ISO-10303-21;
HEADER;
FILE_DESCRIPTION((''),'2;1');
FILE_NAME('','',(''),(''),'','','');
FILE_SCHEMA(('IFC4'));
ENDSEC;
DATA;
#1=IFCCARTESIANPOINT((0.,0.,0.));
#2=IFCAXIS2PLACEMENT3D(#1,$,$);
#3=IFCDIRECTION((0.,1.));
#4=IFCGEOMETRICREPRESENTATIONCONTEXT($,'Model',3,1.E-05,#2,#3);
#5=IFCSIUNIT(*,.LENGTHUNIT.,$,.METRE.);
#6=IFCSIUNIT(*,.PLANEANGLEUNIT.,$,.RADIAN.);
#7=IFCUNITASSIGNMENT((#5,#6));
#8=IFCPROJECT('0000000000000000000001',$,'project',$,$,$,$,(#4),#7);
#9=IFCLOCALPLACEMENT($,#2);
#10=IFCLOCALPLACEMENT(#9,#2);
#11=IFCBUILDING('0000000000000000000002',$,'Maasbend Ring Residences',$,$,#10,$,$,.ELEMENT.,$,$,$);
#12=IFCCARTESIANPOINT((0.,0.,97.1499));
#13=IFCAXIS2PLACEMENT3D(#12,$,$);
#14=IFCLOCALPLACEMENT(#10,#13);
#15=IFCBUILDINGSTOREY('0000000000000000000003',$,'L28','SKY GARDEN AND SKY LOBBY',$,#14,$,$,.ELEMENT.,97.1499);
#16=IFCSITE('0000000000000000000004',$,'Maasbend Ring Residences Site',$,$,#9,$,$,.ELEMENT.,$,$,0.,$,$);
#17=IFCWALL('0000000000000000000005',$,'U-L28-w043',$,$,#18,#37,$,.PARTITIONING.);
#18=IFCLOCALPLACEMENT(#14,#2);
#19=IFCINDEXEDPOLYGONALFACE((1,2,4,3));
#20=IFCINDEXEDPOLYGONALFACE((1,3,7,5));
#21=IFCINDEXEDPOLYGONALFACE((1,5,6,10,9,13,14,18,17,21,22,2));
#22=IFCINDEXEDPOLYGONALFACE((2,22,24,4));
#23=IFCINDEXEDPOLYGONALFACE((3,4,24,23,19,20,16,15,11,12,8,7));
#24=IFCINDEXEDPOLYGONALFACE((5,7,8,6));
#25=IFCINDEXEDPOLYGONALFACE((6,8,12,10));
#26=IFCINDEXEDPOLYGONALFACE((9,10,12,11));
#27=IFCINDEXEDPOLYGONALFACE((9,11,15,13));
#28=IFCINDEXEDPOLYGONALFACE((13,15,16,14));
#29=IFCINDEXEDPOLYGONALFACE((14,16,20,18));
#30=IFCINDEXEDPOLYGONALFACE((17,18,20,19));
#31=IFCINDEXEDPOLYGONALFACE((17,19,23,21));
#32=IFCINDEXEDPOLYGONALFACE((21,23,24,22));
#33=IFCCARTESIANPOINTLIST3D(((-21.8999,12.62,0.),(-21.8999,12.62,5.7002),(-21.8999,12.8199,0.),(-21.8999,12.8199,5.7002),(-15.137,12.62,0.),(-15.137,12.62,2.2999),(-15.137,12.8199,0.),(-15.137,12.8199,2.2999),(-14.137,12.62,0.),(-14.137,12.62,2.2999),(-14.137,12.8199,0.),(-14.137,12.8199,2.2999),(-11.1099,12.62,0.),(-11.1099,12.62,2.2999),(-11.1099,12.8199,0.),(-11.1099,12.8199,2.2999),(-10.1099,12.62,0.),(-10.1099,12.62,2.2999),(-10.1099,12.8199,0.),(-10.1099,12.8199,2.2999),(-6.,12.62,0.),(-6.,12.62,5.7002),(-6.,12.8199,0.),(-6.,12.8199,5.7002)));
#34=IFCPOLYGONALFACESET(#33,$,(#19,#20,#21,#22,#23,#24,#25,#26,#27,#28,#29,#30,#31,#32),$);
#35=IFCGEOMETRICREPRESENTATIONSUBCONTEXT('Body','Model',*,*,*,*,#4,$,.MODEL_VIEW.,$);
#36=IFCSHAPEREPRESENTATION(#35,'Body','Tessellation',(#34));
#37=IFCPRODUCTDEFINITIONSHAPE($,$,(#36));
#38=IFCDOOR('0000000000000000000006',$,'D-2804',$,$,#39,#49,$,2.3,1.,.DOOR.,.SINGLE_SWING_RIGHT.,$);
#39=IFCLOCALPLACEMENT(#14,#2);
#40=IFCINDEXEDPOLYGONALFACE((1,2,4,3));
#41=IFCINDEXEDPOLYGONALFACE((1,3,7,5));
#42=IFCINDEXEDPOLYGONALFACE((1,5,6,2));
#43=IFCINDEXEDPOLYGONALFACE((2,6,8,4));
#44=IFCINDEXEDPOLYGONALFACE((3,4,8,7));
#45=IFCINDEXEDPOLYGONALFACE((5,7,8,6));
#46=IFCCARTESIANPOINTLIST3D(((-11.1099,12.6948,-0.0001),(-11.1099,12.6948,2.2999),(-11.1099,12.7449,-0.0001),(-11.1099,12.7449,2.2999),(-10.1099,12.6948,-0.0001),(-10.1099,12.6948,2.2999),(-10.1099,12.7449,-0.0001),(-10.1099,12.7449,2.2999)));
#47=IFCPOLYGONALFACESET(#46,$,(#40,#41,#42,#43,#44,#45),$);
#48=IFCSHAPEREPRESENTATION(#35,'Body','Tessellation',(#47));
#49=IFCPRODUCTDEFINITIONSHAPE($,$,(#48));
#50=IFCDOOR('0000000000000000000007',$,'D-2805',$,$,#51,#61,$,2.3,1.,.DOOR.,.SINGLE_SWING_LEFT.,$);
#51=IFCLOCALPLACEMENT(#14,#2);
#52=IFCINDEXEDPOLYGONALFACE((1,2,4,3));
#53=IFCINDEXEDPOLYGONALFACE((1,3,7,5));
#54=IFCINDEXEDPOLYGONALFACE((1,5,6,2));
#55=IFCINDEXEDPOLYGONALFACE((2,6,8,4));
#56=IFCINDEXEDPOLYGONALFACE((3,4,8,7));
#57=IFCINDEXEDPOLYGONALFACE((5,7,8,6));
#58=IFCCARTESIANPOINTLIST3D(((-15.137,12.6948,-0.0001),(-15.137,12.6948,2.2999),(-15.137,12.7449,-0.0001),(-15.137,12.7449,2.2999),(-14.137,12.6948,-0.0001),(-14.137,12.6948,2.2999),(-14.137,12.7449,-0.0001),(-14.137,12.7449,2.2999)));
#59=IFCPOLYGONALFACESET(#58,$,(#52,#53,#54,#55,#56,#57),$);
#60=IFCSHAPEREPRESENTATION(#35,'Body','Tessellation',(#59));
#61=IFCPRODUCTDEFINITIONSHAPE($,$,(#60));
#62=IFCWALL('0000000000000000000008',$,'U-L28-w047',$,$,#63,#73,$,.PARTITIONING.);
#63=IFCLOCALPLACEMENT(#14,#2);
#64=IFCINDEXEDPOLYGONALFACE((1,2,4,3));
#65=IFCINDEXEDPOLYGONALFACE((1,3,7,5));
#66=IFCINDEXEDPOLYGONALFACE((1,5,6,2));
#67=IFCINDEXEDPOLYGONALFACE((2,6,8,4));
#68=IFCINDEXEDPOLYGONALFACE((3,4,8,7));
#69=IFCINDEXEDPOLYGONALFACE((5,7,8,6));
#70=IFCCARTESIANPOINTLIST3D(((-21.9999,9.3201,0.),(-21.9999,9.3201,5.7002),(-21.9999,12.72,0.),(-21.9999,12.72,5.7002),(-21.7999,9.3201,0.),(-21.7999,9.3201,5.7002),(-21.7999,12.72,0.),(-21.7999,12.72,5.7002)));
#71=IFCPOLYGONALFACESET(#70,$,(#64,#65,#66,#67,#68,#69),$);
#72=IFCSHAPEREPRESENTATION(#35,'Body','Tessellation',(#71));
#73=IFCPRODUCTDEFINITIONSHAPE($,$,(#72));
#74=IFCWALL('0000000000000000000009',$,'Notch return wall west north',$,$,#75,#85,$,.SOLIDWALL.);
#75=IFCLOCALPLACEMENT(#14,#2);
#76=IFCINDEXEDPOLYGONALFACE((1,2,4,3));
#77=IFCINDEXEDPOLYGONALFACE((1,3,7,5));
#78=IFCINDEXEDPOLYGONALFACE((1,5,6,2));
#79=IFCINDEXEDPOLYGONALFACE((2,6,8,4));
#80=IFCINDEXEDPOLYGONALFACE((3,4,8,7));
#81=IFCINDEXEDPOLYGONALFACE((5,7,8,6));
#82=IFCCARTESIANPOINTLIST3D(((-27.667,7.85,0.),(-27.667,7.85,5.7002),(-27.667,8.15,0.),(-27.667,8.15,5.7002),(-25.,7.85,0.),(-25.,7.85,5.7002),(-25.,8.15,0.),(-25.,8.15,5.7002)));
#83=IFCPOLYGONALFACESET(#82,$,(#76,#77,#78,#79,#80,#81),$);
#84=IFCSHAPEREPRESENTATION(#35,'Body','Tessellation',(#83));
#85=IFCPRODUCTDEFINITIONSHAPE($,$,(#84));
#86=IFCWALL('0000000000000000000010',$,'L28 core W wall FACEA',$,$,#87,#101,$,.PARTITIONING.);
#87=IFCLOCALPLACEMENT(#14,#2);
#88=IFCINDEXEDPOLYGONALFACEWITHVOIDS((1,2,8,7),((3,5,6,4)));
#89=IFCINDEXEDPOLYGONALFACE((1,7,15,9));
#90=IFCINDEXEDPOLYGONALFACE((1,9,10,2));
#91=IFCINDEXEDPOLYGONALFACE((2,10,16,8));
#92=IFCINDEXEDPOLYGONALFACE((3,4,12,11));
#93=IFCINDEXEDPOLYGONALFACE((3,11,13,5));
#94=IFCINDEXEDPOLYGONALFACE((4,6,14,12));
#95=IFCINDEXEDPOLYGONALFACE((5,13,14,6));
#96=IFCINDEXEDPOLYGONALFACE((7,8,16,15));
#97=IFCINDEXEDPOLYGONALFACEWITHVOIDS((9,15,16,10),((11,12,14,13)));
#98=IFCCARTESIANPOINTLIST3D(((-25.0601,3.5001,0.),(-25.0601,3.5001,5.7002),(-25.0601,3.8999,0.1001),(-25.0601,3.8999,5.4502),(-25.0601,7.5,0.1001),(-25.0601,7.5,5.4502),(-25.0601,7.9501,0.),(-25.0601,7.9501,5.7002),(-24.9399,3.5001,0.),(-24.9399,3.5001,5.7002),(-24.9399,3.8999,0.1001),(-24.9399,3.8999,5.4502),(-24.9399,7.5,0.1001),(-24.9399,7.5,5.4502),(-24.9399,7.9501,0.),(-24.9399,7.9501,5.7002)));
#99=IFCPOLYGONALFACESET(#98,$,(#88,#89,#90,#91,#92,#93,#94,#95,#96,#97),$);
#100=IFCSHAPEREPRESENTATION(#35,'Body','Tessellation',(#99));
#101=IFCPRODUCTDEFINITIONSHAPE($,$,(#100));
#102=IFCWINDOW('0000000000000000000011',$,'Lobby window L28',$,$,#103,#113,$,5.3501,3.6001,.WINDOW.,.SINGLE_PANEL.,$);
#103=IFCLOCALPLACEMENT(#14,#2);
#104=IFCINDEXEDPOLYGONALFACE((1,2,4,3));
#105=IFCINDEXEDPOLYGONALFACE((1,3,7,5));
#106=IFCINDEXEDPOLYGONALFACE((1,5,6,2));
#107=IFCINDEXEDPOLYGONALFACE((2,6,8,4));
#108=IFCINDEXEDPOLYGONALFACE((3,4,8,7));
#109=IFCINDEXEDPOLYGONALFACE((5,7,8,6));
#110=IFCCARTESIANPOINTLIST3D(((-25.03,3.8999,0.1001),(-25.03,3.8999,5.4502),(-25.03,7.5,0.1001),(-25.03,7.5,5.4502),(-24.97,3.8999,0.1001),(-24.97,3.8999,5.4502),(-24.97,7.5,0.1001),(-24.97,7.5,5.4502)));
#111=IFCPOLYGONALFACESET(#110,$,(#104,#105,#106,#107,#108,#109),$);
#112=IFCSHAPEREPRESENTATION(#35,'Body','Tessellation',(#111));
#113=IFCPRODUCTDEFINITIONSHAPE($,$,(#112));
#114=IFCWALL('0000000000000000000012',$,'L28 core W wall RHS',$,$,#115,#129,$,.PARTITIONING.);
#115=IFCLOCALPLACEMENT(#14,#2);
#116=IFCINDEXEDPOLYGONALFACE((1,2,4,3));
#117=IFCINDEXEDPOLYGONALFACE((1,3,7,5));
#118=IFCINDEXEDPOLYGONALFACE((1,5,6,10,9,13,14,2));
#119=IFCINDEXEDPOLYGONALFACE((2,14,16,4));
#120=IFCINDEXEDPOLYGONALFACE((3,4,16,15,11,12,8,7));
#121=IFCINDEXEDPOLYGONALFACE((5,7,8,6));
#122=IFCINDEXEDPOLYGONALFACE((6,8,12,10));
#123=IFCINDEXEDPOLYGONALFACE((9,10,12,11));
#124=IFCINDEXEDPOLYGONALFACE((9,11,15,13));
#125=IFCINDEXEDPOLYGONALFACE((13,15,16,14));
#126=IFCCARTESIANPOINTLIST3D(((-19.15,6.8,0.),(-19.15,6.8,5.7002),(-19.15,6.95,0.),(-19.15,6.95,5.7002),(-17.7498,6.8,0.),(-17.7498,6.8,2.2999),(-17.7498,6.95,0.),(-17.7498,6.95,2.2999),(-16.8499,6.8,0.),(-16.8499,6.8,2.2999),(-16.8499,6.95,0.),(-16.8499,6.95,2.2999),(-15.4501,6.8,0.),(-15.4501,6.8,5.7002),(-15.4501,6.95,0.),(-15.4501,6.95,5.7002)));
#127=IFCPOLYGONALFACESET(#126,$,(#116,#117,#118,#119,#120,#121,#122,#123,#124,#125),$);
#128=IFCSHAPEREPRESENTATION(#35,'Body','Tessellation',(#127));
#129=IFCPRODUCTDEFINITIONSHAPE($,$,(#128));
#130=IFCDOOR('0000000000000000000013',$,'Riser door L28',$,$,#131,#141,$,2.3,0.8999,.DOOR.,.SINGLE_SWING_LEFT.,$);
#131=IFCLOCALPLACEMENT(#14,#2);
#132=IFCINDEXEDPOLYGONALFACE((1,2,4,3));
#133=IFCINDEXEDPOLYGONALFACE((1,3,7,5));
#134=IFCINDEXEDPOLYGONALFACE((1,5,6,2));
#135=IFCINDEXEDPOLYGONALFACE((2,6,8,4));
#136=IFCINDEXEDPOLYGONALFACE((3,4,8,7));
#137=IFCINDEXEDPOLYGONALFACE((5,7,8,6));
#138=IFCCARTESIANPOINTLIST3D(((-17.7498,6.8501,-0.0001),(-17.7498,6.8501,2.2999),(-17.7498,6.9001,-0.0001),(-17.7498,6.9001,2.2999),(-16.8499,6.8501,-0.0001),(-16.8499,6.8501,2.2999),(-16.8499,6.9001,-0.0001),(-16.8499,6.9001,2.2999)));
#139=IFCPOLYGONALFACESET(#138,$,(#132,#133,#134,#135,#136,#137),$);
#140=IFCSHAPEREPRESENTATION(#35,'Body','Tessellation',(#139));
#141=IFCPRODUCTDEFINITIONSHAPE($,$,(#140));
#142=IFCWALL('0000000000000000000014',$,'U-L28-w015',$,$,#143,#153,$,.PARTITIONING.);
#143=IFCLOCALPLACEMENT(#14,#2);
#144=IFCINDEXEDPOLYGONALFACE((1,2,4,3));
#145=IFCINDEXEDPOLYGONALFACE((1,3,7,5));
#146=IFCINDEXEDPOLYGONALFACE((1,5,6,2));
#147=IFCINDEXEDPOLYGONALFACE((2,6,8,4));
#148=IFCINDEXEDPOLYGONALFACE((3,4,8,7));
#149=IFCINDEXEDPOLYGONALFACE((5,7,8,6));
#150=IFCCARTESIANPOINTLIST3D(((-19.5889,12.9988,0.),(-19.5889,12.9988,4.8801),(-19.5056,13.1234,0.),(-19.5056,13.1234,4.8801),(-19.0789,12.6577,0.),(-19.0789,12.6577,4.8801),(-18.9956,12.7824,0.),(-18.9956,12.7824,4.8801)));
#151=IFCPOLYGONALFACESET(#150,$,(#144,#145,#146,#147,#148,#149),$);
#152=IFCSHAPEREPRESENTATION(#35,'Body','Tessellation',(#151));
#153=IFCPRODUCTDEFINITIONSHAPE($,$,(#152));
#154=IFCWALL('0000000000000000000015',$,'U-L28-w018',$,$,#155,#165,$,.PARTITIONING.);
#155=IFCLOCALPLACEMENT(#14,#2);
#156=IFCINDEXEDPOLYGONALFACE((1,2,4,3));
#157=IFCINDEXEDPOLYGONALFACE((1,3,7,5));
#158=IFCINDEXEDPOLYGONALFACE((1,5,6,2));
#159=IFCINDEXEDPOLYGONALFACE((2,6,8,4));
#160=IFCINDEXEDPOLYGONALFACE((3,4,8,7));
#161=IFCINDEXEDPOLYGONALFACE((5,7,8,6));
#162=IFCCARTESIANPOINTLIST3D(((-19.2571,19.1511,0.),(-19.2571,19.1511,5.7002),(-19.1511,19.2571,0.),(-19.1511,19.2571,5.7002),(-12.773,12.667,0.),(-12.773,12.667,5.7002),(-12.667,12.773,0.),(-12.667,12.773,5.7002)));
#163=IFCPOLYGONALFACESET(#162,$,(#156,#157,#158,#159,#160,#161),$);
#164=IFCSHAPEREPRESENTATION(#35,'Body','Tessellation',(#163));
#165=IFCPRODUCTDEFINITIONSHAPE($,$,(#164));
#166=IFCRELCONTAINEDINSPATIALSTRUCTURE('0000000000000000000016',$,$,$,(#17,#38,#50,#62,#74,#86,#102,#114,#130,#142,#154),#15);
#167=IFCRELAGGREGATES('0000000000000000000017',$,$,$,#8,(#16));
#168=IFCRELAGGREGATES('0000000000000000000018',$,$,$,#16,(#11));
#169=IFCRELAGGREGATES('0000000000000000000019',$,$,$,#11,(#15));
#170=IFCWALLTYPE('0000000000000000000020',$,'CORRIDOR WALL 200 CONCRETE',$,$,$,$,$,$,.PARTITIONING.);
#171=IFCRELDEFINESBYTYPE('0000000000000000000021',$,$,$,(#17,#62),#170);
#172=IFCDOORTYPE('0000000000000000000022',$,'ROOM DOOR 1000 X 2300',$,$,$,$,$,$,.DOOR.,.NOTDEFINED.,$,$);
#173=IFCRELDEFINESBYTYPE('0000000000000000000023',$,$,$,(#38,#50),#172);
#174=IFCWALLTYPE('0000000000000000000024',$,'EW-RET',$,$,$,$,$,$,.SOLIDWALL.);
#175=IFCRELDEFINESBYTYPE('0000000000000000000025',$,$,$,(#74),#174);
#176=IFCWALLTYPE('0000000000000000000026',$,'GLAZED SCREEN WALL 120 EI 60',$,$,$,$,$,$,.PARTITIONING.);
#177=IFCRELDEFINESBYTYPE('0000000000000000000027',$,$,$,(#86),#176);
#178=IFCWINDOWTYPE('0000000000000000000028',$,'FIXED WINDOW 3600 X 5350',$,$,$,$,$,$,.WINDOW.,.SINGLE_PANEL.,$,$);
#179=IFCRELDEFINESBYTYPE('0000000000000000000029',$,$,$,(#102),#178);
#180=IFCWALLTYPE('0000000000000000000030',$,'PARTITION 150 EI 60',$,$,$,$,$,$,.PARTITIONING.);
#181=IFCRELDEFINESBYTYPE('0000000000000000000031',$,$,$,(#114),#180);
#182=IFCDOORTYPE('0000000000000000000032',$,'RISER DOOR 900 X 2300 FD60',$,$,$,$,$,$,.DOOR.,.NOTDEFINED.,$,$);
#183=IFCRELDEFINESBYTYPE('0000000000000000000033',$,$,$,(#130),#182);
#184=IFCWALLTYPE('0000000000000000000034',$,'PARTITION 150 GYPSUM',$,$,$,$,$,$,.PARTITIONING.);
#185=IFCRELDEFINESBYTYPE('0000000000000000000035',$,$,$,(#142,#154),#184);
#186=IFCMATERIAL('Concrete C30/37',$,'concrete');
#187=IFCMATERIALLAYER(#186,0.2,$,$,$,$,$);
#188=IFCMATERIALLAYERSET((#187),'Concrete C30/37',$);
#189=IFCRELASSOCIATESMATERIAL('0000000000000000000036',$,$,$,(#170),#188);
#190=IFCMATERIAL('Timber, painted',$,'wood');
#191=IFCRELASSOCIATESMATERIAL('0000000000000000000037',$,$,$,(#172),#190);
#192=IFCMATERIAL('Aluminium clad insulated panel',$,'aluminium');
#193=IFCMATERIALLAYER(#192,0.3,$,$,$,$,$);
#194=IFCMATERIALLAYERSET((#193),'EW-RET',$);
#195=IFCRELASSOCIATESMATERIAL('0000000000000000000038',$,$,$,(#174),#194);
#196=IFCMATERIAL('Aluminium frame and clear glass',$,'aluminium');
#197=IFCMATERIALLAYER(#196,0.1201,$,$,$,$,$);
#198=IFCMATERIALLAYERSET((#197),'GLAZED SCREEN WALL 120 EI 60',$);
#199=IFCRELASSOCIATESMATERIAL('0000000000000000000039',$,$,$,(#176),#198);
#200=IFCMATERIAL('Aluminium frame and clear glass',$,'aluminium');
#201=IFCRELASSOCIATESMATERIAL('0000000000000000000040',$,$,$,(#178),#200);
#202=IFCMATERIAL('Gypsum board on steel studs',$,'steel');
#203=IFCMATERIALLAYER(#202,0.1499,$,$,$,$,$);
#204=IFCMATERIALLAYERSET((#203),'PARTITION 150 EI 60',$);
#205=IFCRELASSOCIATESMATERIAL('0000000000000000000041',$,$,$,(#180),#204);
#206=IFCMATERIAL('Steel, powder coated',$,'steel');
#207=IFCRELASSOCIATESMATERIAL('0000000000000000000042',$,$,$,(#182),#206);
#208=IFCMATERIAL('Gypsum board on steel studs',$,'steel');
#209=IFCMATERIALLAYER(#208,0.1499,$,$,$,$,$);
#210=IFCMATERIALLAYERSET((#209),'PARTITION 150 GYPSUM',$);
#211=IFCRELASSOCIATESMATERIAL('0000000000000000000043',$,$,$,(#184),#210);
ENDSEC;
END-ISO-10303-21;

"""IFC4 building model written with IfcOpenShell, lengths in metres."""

from ifc_helpers import new_model, si_unit, direction, frame, frame_2d, origin, place, context, subcontext, project, spatial, rectangle, extrude, material, layer, layer_set, type_object, element, fill, save


model = new_model("IFC4")

# Units and contexts
model_context = context("Model", 3, precision=1e-05, world=origin(), true_north=direction((0.0, 1.0)))
body_context = subcontext(model_context, "Body", "Model", "MODEL_VIEW")
ifc_project = project(units=[si_unit("LENGTHUNIT", "METRE"), si_unit("PLANEANGLEUNIT", "RADIAN")], contexts=[model_context])

# Site, building, storey
site_placement = place(None, origin())
site = spatial("IfcSite", under=ifc_project, at=site_placement, Name="Maasbend Ring Residences Site", CompositionType="ELEMENT", RefElevation=0.0)
building_placement = place(site_placement, origin())
building = spatial("IfcBuilding", under=site, at=building_placement, Name="Maasbend Ring Residences", CompositionType="ELEMENT")
storey_placement = place(building_placement, frame((0.0, 0.0, 97.1499)))
storey = spatial("IfcBuildingStorey", under=building, at=storey_placement, Name="L28", Description="SKY GARDEN AND SKY LOBBY", CompositionType="ELEMENT", Elevation=97.1499)

# Wall, openings, doors
ifc_material_1 = material(Name="Concrete C30/37", Category="concrete")
ifc_layer_1 = layer(ifc_material_1, 0.2)
ifc_layer_set_1 = layer_set([ifc_layer_1], Name="Concrete C30/37")
wall_type_1 = type_object("IfcWallType", Name="CORRIDOR WALL 200 CONCRETE", PredefinedType="PARTITIONING", material=ifc_layer_set_1)
wall_1_placement = place(storey_placement, frame((-21.8999, 12.72, 0.0), z_axis=(0.0, 0.0, 1.0), x_axis=(1.0, 0.0, 0.0)))
wall_1 = element("IfcWall", 1, at=wall_1_placement, inside=storey, type_object=wall_type_1, Name="U-L28-w043", PredefinedType="PARTITIONING", context=body_context, shape_type="SweptSolid", body=[
    extrude(rectangle(XDim=15.8999, YDim=0.2, at=frame_2d((7.95, 0.0))), origin(), (0.0, 0.0, 1.0), 5.7002),
])
opening_1_placement = place(wall_1_placement, frame((10.79, 0.0, 0.0)))
opening_1 = element("IfcOpeningElement", 2, at=opening_1_placement, cuts=wall_1, PredefinedType="OPENING", context=body_context, shape_type="SweptSolid", body=[
    extrude(rectangle(XDim=1.0, YDim=2.3, at=frame_2d((0.5, 1.1499))), frame((0.0, 0.1099, 0.0), z_axis=(0.0, -1.0, 0.0), x_axis=(1.0, 0.0, 0.0)), (0.0, 0.0, 1.0), 0.22),
])
opening_2_placement = place(wall_1_placement, frame((6.7629, 0.0, 0.0)))
opening_2 = element("IfcOpeningElement", 3, at=opening_2_placement, cuts=wall_1, PredefinedType="OPENING", context=body_context, shape_type="SweptSolid", body=[
    extrude(rectangle(XDim=1.0, YDim=2.3, at=frame_2d((0.5, 1.1499))), frame((0.0, 0.1099, 0.0), z_axis=(0.0, -1.0, 0.0), x_axis=(1.0, 0.0, 0.0)), (0.0, 0.0, 1.0), 0.22),
])
ifc_material_2 = material(Name="Timber, painted", Category="wood")
door_type_1 = type_object("IfcDoorType", Name="ROOM DOOR 1000 X 2300", OperationType="NOTDEFINED", PredefinedType="DOOR", material=ifc_material_2)
door_1_placement = place(opening_1_placement, origin())
door_1 = element("IfcDoor", 4, at=door_1_placement, inside=storey, type_object=door_type_1, Name="D-2804", OperationType="SINGLE_SWING_RIGHT", OverallHeight=2.3, OverallWidth=1.0, PredefinedType="DOOR", context=body_context, shape_type="SweptSolid", body=[
    extrude(rectangle(XDim=1.0, YDim=2.3, at=frame_2d((0.5, 1.1499))), frame((0.0, 0.0249, 0.0), z_axis=(0.0, -1.0, 0.0), x_axis=(1.0, 0.0, 0.0)), (0.0, 0.0, 1.0), 0.05),
])
fill(opening_1, door_1)
door_2_placement = place(opening_2_placement, origin())
door_2 = element("IfcDoor", 5, at=door_2_placement, inside=storey, type_object=door_type_1, Name="D-2805", OperationType="SINGLE_SWING_LEFT", OverallHeight=2.3, OverallWidth=1.0, PredefinedType="DOOR", context=body_context, shape_type="SweptSolid", body=[
    extrude(rectangle(XDim=1.0, YDim=2.3, at=frame_2d((0.5, 1.1499))), frame((0.0, 0.0249, 0.0), z_axis=(0.0, -1.0, 0.0), x_axis=(1.0, 0.0, 0.0)), (0.0, 0.0, 1.0), 0.05),
])
fill(opening_2, door_2)

# Walls
wall_2_placement = place(storey_placement, frame((-21.8999, 9.3201, 0.0), z_axis=(0.0, 0.0, 1.0), x_axis=(0.0, 1.0, 0.0)))
element("IfcWall", 6, at=wall_2_placement, inside=storey, type_object=wall_type_1, Name="U-L28-w047", PredefinedType="PARTITIONING", context=body_context, shape_type="SweptSolid", body=[
    extrude(rectangle(XDim=3.3999, YDim=0.2, at=frame_2d((1.7, 0.0))), origin(), (0.0, 0.0, 1.0), 5.7002),
])
ifc_material_3 = material(Name="Aluminium clad insulated panel", Category="aluminium")
ifc_layer_2 = layer(ifc_material_3, 0.3)
ifc_layer_set_2 = layer_set([ifc_layer_2], Name="EW-RET")
wall_type_2 = type_object("IfcWallType", Name="EW-RET", PredefinedType="SOLIDWALL", material=ifc_layer_set_2)
wall_3_placement = place(storey_placement, frame((-25.0, 8.0, 0.0), z_axis=(0.0, 0.0, 1.0), x_axis=(-1.0, 0.0, 0.0)))
element("IfcWall", 7, at=wall_3_placement, inside=storey, type_object=wall_type_2, Name="Notch return wall west north", PredefinedType="SOLIDWALL", context=body_context, shape_type="SweptSolid", body=[
    extrude(rectangle(XDim=2.667, YDim=0.3, at=frame_2d((1.3335, 0.0))), origin(), (0.0, 0.0, 1.0), 5.7002),
])

# Wall, opening, window
ifc_material_4 = material(Name="Aluminium frame and clear glass", Category="aluminium")
ifc_layer_3 = layer(ifc_material_4, 0.1201)
ifc_layer_set_3 = layer_set([ifc_layer_3], Name="GLAZED SCREEN WALL 120 EI 60")
wall_type_3 = type_object("IfcWallType", Name="GLAZED SCREEN WALL 120 EI 60", PredefinedType="PARTITIONING", material=ifc_layer_set_3)
wall_4_placement = place(storey_placement, frame((-25.0, 3.5, 0.0), z_axis=(0.0, 0.0, 1.0), x_axis=(0.0, 1.0, 0.0)))
wall_4 = element("IfcWall", 8, at=wall_4_placement, inside=storey, type_object=wall_type_3, Name="L28 core W wall FACEA", PredefinedType="PARTITIONING", context=body_context, shape_type="SweptSolid", body=[
    extrude(rectangle(XDim=4.45, YDim=0.1201, at=frame_2d((2.2251, 0.0))), origin(), (0.0, 0.0, 1.0), 5.7002),
])
opening_3_placement = place(wall_4_placement, frame((0.3999, 0.0, 0.1001)))
opening_3 = element("IfcOpeningElement", 9, at=opening_3_placement, cuts=wall_4, PredefinedType="OPENING", context=body_context, shape_type="SweptSolid", body=[
    extrude(rectangle(XDim=3.6001, YDim=5.3501, at=frame_2d((1.8, 2.675))), frame((0.0, 0.0701, 0.0), z_axis=(0.0, -1.0, 0.0), x_axis=(1.0, 0.0, 0.0)), (0.0, 0.0, 1.0), 0.1401),
])
ifc_material_5 = material(Name="Aluminium frame and clear glass", Category="aluminium")
window_type = type_object("IfcWindowType", Name="FIXED WINDOW 3600 X 5350", PartitioningType="SINGLE_PANEL", PredefinedType="WINDOW", material=ifc_material_5)
window_placement = place(opening_3_placement, origin())
window = element("IfcWindow", 10, at=window_placement, inside=storey, type_object=window_type, Name="Lobby window L28", OverallHeight=5.3501, OverallWidth=3.6001, PartitioningType="SINGLE_PANEL", PredefinedType="WINDOW", context=body_context, shape_type="SweptSolid", body=[
    extrude(rectangle(XDim=3.6001, YDim=5.3501, at=frame_2d((1.8, 2.675))), frame((0.0, 0.03, 0.0), z_axis=(0.0, -1.0, 0.0), x_axis=(1.0, 0.0, 0.0)), (0.0, 0.0, 1.0), 0.0601),
])
fill(opening_3, window)

# Wall, opening, door
ifc_material_6 = material(Name="Gypsum board on steel studs", Category="steel")
ifc_layer_4 = layer(ifc_material_6, 0.1499)
ifc_layer_set_4 = layer_set([ifc_layer_4], Name="PARTITION 150 EI 60")
wall_type_4 = type_object("IfcWallType", Name="PARTITION 150 EI 60", PredefinedType="PARTITIONING", material=ifc_layer_set_4)
wall_5_placement = place(storey_placement, frame((-15.45, 6.875, 0.0), z_axis=(0.0, 0.0, 1.0), x_axis=(-1.0, 0.0, 0.0)))
wall_5 = element("IfcWall", 11, at=wall_5_placement, inside=storey, type_object=wall_type_4, Name="L28 core W wall RHS", PredefinedType="PARTITIONING", context=body_context, shape_type="SweptSolid", body=[
    extrude(rectangle(XDim=3.7, YDim=0.1499, at=frame_2d((1.8501, 0.0))), origin(), (0.0, 0.0, 1.0), 5.7002),
])
opening_4_placement = place(wall_5_placement, frame((1.3999, 0.0, 0.0)))
opening_4 = element("IfcOpeningElement", 12, at=opening_4_placement, cuts=wall_5, PredefinedType="OPENING", context=body_context, shape_type="SweptSolid", body=[
    extrude(rectangle(XDim=0.8999, YDim=2.3, at=frame_2d((0.45, 1.1499))), frame((0.0, 0.085, 0.0), z_axis=(0.0, -1.0, 0.0), x_axis=(1.0, 0.0, 0.0)), (0.0, 0.0, 1.0), 0.1699),
])
ifc_material_7 = material(Name="Steel, powder coated", Category="steel")
door_type_2 = type_object("IfcDoorType", Name="RISER DOOR 900 X 2300 FD60", OperationType="NOTDEFINED", PredefinedType="DOOR", material=ifc_material_7)
door_3_placement = place(opening_4_placement, origin())
door_3 = element("IfcDoor", 13, at=door_3_placement, inside=storey, type_object=door_type_2, Name="Riser door L28", OperationType="SINGLE_SWING_LEFT", OverallHeight=2.3, OverallWidth=0.8999, PredefinedType="DOOR", context=body_context, shape_type="SweptSolid", body=[
    extrude(rectangle(XDim=0.8999, YDim=2.3, at=frame_2d((0.45, 1.1499))), frame((0.0, 0.0249, 0.0), z_axis=(0.0, -1.0, 0.0), x_axis=(1.0, 0.0, 0.0)), (0.0, 0.0, 1.0), 0.05),
])
fill(opening_4, door_3)

# Walls
ifc_material_8 = material(Name="Gypsum board on steel studs", Category="steel")
ifc_layer_5 = layer(ifc_material_8, 0.1499)
ifc_layer_set_5 = layer_set([ifc_layer_5], Name="PARTITION 150 GYPSUM")
wall_type_5 = type_object("IfcWallType", Name="PARTITION 150 GYPSUM", PredefinedType="PARTITIONING", material=ifc_layer_set_5)
wall_6_placement = place(storey_placement, frame((-19.5471, 13.061, 0.0), z_axis=(0.0, 0.0, 1.0), x_axis=(0.831254, -0.555893, 0.0)))
element("IfcWall", 14, at=wall_6_placement, inside=storey, type_object=wall_type_5, Name="U-L28-w015", PredefinedType="PARTITIONING", context=body_context, shape_type="SweptSolid", body=[
    extrude(rectangle(XDim=0.6135, YDim=0.1499, at=frame_2d((0.3066, 0.0))), origin(), (0.0, 0.0, 1.0), 4.8801),
])
wall_7_placement = place(storey_placement, frame((-19.2041, 19.2041, 0.0), z_axis=(0.0, 0.0, 1.0), x_axis=(0.707107, -0.707107, 0.0)))
element("IfcWall", 15, at=wall_7_placement, inside=storey, type_object=wall_type_5, Name="U-L28-w018", PredefinedType="PARTITIONING", context=body_context, shape_type="SweptSolid", body=[
    extrude(rectangle(XDim=9.1699, YDim=0.1499, at=frame_2d((4.585, 0.0))), origin(), (0.0, 0.0, 1.0), 5.7002),
])

save(model, "model.ifc")
